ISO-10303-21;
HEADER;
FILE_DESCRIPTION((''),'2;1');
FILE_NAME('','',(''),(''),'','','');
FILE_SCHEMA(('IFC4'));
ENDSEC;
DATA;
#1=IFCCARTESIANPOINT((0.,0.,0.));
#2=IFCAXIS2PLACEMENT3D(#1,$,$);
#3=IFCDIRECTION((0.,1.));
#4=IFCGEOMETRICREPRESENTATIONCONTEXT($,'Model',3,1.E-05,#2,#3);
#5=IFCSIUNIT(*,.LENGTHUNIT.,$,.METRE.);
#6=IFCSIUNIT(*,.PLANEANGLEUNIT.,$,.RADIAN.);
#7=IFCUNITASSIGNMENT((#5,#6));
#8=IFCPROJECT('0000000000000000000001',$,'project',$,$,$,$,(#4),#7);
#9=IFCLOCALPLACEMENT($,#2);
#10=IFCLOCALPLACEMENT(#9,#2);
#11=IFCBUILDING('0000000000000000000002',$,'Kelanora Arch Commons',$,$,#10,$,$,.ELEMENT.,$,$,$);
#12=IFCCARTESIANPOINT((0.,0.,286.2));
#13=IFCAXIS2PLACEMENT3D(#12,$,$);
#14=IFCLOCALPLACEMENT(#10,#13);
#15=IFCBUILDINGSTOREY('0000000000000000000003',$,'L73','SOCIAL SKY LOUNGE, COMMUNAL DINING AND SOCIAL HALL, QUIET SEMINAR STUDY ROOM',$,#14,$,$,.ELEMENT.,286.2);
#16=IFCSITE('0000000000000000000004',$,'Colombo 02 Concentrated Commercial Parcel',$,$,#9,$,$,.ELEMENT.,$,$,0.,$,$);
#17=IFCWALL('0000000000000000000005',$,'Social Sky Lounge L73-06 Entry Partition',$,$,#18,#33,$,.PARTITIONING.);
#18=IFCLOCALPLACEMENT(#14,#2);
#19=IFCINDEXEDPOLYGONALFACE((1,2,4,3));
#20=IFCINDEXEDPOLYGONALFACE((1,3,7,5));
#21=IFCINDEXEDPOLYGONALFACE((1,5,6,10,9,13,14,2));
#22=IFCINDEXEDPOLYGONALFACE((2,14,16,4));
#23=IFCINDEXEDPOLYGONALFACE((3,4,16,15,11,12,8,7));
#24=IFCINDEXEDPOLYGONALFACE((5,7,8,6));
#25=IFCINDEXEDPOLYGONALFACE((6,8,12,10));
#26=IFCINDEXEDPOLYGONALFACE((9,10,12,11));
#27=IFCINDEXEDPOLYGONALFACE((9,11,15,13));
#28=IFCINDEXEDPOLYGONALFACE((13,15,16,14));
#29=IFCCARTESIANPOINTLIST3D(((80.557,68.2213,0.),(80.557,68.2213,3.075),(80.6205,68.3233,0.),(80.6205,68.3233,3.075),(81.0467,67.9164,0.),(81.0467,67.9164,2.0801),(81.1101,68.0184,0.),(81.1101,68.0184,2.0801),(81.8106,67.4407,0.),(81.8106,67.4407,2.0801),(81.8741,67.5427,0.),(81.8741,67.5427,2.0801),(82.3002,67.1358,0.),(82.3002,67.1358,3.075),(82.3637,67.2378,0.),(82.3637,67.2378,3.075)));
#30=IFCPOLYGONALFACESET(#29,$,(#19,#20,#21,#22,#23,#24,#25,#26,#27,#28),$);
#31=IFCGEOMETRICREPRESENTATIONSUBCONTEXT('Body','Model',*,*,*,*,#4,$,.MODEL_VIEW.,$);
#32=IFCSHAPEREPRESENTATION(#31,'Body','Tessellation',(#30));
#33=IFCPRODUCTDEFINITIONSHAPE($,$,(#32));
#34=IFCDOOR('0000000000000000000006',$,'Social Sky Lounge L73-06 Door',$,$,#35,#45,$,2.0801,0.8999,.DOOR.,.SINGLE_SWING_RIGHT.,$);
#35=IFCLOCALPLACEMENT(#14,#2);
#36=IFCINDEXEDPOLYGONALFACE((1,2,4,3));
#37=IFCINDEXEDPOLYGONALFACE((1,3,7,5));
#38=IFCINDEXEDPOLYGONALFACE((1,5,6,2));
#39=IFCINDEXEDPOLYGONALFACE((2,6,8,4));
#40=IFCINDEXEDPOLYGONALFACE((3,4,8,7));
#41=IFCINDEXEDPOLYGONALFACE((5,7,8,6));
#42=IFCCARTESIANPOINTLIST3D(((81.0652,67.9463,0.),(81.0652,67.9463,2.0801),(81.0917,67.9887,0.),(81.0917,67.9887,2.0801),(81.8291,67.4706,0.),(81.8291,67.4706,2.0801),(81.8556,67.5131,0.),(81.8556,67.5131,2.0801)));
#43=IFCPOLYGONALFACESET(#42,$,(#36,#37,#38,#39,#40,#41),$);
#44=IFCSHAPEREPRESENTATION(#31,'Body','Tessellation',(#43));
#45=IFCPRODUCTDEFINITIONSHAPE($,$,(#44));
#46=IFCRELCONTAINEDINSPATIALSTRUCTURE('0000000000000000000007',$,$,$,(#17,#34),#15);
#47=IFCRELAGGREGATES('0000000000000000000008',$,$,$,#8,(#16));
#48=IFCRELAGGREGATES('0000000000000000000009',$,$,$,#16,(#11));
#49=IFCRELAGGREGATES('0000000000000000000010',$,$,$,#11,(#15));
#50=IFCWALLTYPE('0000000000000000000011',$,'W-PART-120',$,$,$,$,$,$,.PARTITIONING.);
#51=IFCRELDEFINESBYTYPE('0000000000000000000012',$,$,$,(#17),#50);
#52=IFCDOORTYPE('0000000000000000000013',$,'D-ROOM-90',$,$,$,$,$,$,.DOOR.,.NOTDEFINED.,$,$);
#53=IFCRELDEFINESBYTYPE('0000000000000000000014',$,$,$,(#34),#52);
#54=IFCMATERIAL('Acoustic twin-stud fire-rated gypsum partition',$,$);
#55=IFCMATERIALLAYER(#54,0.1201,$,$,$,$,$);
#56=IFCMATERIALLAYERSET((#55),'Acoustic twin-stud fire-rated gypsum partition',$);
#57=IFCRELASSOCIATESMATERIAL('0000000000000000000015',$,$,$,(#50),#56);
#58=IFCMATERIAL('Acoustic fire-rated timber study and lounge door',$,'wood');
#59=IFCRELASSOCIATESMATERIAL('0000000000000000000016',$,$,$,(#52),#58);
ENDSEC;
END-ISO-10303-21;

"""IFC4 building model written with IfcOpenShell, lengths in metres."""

from ifc_helpers import new_model, si_unit, direction, frame, frame_2d, origin, place, context, subcontext, project, spatial, rectangle, extrude, material, layer, layer_set, type_object, element, fill, save


model = new_model("IFC4")

# Units and contexts
model_context = context("Model", 3, precision=1e-05, world=origin(), true_north=direction((0.0, 1.0)))
body_context = subcontext(model_context, "Body", "Model", "MODEL_VIEW")
ifc_project = project(units=[si_unit("LENGTHUNIT", "METRE"), si_unit("PLANEANGLEUNIT", "RADIAN")], contexts=[model_context])

# Site, building, storey
site_placement = place(None, origin())
site = spatial("IfcSite", under=ifc_project, at=site_placement, Name="Colombo 02 Concentrated Commercial Parcel", CompositionType="ELEMENT", RefElevation=0.0)
building_placement = place(site_placement, origin())
building = spatial("IfcBuilding", under=site, at=building_placement, Name="Kelanora Arch Commons", CompositionType="ELEMENT")
storey_placement = place(building_placement, frame((0.0, 0.0, 286.2)))
storey = spatial("IfcBuildingStorey", under=building, at=storey_placement, Name="L73", Description="SOCIAL SKY LOUNGE, COMMUNAL DINING AND SOCIAL HALL, QUIET SEMINAR STUDY ROOM", CompositionType="ELEMENT", Elevation=286.2)

# Wall, opening, door
ifc_material_1 = material(Name="Acoustic twin-stud fire-rated gypsum partition")
ifc_layer_1 = layer(ifc_material_1, 0.1201)
ifc_layer_set_1 = layer_set([ifc_layer_1], Name="Acoustic twin-stud fire-rated gypsum partition")
wall_type_1 = type_object("IfcWallType", Name="W-PART-120", PredefinedType="PARTITIONING", material=ifc_layer_set_1)
wall_1_placement = place(storey_placement, frame((82.332, 67.1868, 0.0), z_axis=(0.0, 0.0, 1.0), x_axis=(-0.848879, 0.528588, 0.0)))
wall_1 = element("IfcWall", 1, at=wall_1_placement, inside=storey, type_object=wall_type_1, Name="Social Sky Lounge L73-06 Entry Partition", PredefinedType="PARTITIONING", context=body_context, shape_type="SweptSolid", body=[
    extrude(rectangle(XDim=2.0535, YDim=0.1201, at=frame_2d((1.0269, 0.0))), origin(), (0.0, 0.0, 1.0), 3.075),
])
opening_1_placement = place(wall_1_placement, frame((0.5769, 0.0, 0.0)))
opening_1 = element("IfcOpeningElement", 2, at=opening_1_placement, cuts=wall_1, PredefinedType="OPENING", context=body_context, shape_type="SweptSolid", body=[
    extrude(rectangle(XDim=0.8999, YDim=2.0801, at=frame_2d((0.45, 1.04))), frame((0.0, 0.0701, 0.0), z_axis=(0.0, -1.0, 0.0), x_axis=(1.0, 0.0, 0.0)), (0.0, 0.0, 1.0), 0.1401),
])
ifc_material_2 = material(Name="Acoustic fire-rated timber study and lounge door", Category="wood")
door_type_1 = type_object("IfcDoorType", Name="D-ROOM-90", OperationType="NOTDEFINED", PredefinedType="DOOR", material=ifc_material_2)
door_1_placement = place(opening_1_placement, origin())
door_1 = element("IfcDoor", 3, at=door_1_placement, inside=storey, type_object=door_type_1, Name="Social Sky Lounge L73-06 Door", OperationType="SINGLE_SWING_RIGHT", OverallHeight=2.0801, OverallWidth=0.8999, PredefinedType="DOOR", context=body_context, shape_type="SweptSolid", body=[
    extrude(rectangle(XDim=0.8999, YDim=2.0801, at=frame_2d((0.45, 1.04))), frame((0.0, 0.0249, 0.0), z_axis=(0.0, -1.0, 0.0), x_axis=(1.0, 0.0, 0.0)), (0.0, 0.0, 1.0), 0.05),
])
fill(opening_1, door_1)

save(model, "model.ifc")
